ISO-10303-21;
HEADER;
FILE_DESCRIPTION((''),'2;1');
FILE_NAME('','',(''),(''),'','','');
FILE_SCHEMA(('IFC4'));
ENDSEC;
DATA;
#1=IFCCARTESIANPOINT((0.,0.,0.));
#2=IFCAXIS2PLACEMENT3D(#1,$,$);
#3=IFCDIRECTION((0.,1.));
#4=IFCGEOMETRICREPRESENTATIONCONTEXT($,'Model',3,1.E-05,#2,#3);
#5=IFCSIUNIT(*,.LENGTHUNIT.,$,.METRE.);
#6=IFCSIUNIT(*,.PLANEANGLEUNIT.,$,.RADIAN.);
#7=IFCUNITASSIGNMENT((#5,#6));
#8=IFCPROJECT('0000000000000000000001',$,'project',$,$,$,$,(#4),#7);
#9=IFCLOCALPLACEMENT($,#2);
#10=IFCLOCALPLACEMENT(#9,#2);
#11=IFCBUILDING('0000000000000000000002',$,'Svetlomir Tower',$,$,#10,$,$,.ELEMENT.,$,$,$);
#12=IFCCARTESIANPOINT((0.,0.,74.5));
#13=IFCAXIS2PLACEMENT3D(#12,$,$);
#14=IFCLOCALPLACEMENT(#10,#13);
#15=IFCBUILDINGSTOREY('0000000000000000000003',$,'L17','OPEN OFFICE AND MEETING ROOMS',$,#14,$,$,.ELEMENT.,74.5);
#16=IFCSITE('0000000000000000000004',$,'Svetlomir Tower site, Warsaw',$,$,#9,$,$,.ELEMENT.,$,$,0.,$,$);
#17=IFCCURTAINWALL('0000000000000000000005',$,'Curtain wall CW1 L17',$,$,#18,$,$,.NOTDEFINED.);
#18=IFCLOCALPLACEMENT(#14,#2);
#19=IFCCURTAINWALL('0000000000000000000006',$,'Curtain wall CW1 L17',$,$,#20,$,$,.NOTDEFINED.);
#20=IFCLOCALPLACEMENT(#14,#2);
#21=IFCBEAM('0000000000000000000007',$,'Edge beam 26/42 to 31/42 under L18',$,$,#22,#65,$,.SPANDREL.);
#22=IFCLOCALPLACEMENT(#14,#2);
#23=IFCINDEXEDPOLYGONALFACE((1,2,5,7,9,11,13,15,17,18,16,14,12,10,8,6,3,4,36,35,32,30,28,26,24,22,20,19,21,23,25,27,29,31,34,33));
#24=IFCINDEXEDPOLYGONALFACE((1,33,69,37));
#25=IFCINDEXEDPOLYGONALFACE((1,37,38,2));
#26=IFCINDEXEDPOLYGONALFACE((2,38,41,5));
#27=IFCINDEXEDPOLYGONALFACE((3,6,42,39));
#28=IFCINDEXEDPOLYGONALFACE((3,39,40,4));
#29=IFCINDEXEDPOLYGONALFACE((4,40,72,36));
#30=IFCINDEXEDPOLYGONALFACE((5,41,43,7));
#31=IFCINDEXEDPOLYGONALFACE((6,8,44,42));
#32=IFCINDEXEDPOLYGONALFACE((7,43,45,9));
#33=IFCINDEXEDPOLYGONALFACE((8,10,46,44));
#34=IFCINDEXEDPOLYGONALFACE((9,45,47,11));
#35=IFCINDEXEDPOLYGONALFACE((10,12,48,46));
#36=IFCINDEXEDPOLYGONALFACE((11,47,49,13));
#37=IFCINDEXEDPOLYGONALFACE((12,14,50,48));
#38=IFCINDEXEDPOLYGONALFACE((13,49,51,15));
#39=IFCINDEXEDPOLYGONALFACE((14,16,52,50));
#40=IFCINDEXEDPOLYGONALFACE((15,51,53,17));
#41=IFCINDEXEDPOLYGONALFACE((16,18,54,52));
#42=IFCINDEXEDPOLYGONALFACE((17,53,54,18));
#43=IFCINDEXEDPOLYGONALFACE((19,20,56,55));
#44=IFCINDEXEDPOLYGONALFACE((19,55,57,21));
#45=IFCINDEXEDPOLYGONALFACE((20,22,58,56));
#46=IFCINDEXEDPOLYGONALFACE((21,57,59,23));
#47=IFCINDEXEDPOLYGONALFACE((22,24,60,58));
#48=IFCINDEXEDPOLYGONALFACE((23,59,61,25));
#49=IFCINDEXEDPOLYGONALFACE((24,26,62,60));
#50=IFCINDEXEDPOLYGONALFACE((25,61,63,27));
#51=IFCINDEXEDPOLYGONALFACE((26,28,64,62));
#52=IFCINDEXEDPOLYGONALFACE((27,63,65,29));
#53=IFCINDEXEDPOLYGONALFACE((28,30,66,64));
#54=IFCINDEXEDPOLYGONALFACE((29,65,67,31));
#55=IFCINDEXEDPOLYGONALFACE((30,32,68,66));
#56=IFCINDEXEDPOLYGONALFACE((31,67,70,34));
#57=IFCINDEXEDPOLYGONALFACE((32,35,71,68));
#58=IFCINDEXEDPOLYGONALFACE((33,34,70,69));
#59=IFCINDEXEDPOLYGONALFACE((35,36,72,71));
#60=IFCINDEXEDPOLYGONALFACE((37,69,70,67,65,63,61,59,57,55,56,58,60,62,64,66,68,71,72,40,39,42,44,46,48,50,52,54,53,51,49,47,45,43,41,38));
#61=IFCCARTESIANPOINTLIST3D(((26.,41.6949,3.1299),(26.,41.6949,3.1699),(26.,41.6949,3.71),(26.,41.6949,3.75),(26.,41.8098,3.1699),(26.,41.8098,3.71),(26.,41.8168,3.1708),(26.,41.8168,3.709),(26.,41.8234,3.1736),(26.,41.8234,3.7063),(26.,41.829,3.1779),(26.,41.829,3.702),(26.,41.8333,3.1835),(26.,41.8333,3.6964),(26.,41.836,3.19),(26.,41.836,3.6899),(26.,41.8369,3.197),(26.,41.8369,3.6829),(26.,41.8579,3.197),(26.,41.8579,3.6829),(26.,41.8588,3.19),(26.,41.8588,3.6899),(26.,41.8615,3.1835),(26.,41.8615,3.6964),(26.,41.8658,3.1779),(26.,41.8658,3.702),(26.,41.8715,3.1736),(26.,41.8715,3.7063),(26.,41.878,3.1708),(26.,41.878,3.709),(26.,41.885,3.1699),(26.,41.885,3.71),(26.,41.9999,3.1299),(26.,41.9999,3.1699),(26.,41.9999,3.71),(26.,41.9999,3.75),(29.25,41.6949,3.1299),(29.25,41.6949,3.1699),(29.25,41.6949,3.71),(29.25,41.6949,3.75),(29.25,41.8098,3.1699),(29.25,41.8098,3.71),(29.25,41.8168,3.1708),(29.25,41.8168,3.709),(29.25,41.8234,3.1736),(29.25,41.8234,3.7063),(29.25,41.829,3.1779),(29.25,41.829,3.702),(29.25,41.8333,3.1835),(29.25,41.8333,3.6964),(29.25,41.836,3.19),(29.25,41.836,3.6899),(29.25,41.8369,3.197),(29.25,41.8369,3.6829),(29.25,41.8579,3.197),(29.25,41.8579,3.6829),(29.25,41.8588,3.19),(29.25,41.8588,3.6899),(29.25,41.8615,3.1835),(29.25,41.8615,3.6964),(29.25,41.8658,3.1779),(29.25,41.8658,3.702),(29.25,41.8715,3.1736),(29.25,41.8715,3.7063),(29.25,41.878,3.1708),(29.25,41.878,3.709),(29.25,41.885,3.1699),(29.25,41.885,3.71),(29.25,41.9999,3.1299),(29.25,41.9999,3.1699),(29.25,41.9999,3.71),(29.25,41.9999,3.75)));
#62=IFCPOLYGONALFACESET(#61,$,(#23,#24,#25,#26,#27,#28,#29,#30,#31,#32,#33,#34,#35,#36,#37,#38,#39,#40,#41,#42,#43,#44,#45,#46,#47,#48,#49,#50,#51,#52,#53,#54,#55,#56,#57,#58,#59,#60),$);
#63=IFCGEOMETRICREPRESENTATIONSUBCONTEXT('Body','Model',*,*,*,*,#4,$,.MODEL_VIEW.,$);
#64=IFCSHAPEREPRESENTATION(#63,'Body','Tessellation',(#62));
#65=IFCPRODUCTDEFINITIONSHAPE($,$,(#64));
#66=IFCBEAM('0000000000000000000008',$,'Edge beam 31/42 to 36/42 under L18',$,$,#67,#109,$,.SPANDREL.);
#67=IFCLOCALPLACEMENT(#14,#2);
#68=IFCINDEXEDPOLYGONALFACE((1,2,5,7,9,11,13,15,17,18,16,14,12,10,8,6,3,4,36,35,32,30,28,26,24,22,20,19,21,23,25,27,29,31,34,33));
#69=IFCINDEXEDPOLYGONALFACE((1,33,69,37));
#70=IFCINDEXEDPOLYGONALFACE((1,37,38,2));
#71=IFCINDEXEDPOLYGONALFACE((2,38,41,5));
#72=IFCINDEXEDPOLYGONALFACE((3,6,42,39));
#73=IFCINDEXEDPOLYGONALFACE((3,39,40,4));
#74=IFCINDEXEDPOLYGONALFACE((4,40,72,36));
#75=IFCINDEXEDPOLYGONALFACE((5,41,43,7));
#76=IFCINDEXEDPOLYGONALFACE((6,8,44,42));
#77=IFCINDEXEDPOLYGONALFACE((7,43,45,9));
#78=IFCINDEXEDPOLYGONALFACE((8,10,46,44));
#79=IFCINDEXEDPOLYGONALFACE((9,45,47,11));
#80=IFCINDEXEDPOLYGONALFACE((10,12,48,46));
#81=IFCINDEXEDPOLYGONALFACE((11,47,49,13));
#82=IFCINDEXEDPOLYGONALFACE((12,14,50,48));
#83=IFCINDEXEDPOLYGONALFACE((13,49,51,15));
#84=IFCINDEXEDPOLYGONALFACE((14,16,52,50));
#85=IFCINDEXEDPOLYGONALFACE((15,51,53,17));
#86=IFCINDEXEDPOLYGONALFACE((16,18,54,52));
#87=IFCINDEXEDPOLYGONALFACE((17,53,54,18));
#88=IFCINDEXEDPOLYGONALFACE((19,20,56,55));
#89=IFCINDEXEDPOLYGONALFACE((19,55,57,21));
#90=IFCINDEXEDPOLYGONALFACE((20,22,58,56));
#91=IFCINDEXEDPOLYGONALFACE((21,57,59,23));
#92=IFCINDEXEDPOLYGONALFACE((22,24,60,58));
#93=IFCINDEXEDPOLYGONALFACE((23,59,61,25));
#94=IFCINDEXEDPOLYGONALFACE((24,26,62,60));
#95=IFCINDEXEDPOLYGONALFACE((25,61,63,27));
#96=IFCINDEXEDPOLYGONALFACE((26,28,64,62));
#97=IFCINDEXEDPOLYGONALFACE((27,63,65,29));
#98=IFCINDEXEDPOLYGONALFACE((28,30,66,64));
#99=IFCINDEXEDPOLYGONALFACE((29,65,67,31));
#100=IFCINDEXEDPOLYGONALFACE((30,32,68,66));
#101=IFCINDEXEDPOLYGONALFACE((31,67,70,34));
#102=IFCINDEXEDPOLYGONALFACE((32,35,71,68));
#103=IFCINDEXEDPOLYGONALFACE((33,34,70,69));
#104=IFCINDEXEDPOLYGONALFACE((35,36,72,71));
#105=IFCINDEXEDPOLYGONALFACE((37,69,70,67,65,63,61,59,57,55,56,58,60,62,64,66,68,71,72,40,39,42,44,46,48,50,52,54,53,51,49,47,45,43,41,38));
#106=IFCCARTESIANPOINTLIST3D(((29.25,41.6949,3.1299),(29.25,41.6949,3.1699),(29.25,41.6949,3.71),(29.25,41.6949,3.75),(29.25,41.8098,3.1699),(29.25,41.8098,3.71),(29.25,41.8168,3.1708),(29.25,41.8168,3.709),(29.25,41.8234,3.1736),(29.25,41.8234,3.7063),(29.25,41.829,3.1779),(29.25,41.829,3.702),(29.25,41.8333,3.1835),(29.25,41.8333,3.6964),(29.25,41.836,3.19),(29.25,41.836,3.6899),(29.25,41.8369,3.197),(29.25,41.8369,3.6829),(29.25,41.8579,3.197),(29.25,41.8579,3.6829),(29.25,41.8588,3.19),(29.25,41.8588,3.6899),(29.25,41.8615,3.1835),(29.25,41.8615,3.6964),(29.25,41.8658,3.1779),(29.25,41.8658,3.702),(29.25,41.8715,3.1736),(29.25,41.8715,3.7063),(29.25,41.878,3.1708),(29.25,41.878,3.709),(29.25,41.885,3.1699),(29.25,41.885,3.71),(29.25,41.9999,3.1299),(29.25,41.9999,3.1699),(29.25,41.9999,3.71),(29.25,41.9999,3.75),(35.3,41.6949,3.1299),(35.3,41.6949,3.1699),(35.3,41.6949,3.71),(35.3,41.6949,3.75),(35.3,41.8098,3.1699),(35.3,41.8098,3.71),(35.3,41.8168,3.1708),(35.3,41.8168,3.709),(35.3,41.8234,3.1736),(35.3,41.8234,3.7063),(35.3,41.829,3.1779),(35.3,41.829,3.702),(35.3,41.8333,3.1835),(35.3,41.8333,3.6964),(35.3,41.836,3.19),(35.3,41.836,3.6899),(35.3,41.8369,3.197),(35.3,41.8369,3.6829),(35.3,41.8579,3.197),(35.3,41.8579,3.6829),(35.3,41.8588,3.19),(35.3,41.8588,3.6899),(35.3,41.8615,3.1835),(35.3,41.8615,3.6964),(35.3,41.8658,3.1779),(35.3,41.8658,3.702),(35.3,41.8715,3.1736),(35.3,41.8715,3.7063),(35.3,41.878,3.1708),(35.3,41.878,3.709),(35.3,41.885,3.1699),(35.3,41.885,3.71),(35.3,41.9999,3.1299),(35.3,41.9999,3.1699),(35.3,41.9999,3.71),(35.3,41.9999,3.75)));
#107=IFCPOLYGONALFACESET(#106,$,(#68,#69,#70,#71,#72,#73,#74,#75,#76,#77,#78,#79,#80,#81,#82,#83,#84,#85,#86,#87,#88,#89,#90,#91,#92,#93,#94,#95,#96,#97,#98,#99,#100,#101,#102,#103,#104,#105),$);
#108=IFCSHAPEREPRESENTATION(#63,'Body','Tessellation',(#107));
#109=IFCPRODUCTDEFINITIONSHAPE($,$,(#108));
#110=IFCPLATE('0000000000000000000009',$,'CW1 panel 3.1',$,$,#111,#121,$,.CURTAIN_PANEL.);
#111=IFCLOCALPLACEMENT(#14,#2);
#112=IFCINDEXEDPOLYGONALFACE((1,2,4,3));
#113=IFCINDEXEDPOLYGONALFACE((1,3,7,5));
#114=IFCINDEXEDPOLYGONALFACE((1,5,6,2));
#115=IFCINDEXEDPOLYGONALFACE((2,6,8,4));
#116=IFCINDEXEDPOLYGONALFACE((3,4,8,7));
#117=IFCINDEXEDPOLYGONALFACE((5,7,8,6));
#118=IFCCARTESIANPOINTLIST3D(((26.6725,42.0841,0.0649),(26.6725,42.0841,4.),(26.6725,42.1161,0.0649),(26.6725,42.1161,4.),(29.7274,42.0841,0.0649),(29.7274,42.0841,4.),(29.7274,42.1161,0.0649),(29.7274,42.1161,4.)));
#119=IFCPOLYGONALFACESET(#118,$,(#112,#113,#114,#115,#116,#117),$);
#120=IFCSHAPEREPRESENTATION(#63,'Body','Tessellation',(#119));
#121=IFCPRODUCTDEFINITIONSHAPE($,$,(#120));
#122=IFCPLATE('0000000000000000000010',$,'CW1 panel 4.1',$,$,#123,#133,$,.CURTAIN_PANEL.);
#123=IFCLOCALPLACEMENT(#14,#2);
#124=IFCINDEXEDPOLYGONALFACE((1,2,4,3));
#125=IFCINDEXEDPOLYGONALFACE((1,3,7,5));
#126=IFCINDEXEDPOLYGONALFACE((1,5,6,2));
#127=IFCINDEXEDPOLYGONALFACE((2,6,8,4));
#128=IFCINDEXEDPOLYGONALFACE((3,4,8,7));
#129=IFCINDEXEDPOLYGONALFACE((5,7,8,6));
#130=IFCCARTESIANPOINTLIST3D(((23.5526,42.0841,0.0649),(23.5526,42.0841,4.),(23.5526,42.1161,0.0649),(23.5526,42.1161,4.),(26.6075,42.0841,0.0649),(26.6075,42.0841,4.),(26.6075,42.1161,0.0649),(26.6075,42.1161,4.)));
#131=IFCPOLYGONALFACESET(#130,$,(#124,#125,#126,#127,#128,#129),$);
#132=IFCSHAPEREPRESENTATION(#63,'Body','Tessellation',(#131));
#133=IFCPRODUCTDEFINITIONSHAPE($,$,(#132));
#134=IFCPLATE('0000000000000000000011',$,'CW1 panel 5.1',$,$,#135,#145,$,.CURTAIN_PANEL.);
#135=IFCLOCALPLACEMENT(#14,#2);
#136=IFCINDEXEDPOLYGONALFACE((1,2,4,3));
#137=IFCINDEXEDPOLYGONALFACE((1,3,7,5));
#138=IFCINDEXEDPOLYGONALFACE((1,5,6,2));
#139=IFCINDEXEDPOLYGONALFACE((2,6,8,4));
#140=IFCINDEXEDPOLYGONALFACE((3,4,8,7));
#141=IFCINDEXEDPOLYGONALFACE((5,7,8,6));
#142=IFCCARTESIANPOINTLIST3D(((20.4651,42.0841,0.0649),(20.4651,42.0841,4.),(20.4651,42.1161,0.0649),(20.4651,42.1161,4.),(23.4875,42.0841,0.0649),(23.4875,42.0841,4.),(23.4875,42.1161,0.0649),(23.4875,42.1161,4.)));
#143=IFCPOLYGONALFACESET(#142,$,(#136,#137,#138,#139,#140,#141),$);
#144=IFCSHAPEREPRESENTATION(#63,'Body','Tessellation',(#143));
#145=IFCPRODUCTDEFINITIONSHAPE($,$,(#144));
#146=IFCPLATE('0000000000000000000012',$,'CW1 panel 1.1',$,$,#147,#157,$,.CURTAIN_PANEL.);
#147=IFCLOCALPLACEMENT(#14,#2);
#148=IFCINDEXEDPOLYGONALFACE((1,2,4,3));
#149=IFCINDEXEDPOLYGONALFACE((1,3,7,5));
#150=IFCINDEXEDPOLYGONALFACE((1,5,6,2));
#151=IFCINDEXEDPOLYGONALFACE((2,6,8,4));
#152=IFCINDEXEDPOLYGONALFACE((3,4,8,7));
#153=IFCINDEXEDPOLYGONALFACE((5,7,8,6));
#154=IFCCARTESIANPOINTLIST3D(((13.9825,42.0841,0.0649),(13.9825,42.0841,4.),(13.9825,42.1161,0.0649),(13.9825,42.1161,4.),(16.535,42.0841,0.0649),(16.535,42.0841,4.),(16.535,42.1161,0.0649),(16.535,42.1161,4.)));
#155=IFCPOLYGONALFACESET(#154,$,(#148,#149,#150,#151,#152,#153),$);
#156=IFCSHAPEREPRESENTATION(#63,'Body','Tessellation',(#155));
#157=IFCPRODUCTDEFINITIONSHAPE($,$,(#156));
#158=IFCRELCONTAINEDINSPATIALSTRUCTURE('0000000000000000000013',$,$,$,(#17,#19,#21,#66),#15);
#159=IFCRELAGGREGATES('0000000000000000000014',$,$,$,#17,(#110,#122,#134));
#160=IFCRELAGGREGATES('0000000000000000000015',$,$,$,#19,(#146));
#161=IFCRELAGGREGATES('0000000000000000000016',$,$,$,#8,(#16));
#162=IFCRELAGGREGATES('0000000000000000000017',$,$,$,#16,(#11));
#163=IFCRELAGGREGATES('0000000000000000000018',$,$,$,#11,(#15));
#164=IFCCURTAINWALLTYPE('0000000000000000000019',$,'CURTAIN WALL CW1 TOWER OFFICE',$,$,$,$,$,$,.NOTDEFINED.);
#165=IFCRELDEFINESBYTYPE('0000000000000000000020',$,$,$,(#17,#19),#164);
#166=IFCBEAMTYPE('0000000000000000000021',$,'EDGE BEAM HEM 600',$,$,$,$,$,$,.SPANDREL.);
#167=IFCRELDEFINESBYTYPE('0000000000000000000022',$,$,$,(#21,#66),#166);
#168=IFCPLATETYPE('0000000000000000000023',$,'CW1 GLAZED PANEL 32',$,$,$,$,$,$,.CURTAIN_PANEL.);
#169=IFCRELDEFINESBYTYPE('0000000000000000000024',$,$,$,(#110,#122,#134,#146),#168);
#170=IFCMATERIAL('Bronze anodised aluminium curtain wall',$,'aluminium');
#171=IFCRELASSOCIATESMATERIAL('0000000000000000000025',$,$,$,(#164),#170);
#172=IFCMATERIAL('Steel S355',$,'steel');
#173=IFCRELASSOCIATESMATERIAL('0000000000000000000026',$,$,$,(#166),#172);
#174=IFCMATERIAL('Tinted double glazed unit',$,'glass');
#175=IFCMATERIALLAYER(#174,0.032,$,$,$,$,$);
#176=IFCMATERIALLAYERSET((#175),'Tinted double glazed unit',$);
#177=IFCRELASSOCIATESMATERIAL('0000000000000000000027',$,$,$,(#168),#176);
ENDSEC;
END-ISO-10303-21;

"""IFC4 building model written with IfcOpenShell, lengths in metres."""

from ifc_helpers import new_model, si_unit, direction, frame, origin, origin_2d, place, context, subcontext, project, spatial, rectangle, i_section, extrude, material, layer, layer_set, material_profile, profile_set, type_object, element, aggregate, save


model = new_model("IFC4")

# Units and contexts
model_context = context("Model", 3, precision=1e-05, world=origin(), true_north=direction((0.0, 1.0)))
body_context = subcontext(model_context, "Body", "Model", "MODEL_VIEW")
ifc_project = project(units=[si_unit("LENGTHUNIT", "METRE"), si_unit("PLANEANGLEUNIT", "RADIAN")], contexts=[model_context])

# Site, building, storey
site_placement = place(None, origin())
site = spatial("IfcSite", under=ifc_project, at=site_placement, Name="Svetlomir Tower site, Warsaw", CompositionType="ELEMENT", RefElevation=0.0)
building_placement = place(site_placement, origin())
building = spatial("IfcBuilding", under=site, at=building_placement, Name="Svetlomir Tower", CompositionType="ELEMENT")
storey_placement = place(building_placement, frame((0.0, 0.0, 74.5)))
storey = spatial("IfcBuildingStorey", under=building, at=storey_placement, Name="L17", Description="OPEN OFFICE AND MEETING ROOMS", CompositionType="ELEMENT", Elevation=74.5)

# Curtain walls
ifc_material_1 = material(Name="Bronze anodised aluminium curtain wall", Category="aluminium")
curtain_wall_type = type_object("IfcCurtainWallType", Name="CURTAIN WALL CW1 TOWER OFFICE", PredefinedType="NOTDEFINED", material=ifc_material_1)
curtain_wall_1_placement = place(storey_placement, origin())
curtain_wall_1 = element("IfcCurtainWall", 1, at=curtain_wall_1_placement, inside=storey, type_object=curtain_wall_type, Name="Curtain wall CW1 L17", PredefinedType="NOTDEFINED")
curtain_wall_2_placement = place(storey_placement, origin())
curtain_wall_2 = element("IfcCurtainWall", 2, at=curtain_wall_2_placement, inside=storey, type_object=curtain_wall_type, Name="Curtain wall CW1 L17", PredefinedType="NOTDEFINED")

# Beams
ifc_material_2 = material(Name="Steel S355", Category="steel")
ifc_material_profile_1 = material_profile(ifc_material_2, i_section(OverallWidth=0.3049, OverallDepth=0.6201, WebThickness=0.021, FlangeThickness=0.04, FilletRadius=0.0271, at=origin_2d()), Name="HEM 600")
ifc_profile_set_1 = profile_set([ifc_material_profile_1], Name="Steel S355")
beam_type_1 = type_object("IfcBeamType", Name="EDGE BEAM HEM 600", PredefinedType="SPANDREL", material=ifc_profile_set_1)
beam_1_placement = place(storey_placement, frame((26.0, 41.8474, 3.4399), z_axis=(1.0, 0.0, 0.0), x_axis=(0.0, 1.0, 0.0)))
element("IfcBeam", 3, at=beam_1_placement, inside=storey, type_object=beam_type_1, Name="Edge beam 26/42 to 31/42 under L18", PredefinedType="SPANDREL", context=body_context, shape_type="SweptSolid", body=[
    extrude(i_section(OverallWidth=0.3049, OverallDepth=0.6201, WebThickness=0.021, FlangeThickness=0.04, FilletRadius=0.0271, at=origin_2d()), origin(), (0.0, 0.0, 1.0), 3.25),
])
beam_2_placement = place(storey_placement, frame((29.25, 41.8474, 3.4399), z_axis=(1.0, 0.0, 0.0), x_axis=(0.0, 1.0, 0.0)))
element("IfcBeam", 4, at=beam_2_placement, inside=storey, type_object=beam_type_1, Name="Edge beam 31/42 to 36/42 under L18", PredefinedType="SPANDREL", context=body_context, shape_type="SweptSolid", body=[
    extrude(i_section(OverallWidth=0.3049, OverallDepth=0.6201, WebThickness=0.021, FlangeThickness=0.04, FilletRadius=0.0271, at=origin_2d()), origin(), (0.0, 0.0, 1.0), 6.05),
])

# Plates
ifc_material_3 = material(Name="Tinted double glazed unit", Category="glass")
ifc_layer_1 = layer(ifc_material_3, 0.032)
ifc_layer_set_1 = layer_set([ifc_layer_1], Name="Tinted double glazed unit")
plate_type = type_object("IfcPlateType", Name="CW1 GLAZED PANEL 32", PredefinedType="CURTAIN_PANEL", material=ifc_layer_set_1)
plate_1_placement = place(storey_placement, frame((28.2, 42.1001, 0.0649), z_axis=(0.0, 0.0, 1.0), x_axis=(-1.0, 0.0, 0.0)))
plate_1 = element("IfcPlate", 5, at=plate_1_placement, type_object=plate_type, Name="CW1 panel 3.1", PredefinedType="CURTAIN_PANEL", context=body_context, shape_type="SweptSolid", body=[
    extrude(rectangle(XDim=3.0549, YDim=0.032, at=origin_2d()), origin(), (0.0, 0.0, 1.0), 3.9351),
])
plate_2_placement = place(storey_placement, frame((25.0801, 42.1001, 0.0649), z_axis=(0.0, 0.0, 1.0), x_axis=(-1.0, 0.0, 0.0)))
plate_2 = element("IfcPlate", 6, at=plate_2_placement, type_object=plate_type, Name="CW1 panel 4.1", PredefinedType="CURTAIN_PANEL", context=body_context, shape_type="SweptSolid", body=[
    extrude(rectangle(XDim=3.0549, YDim=0.032, at=origin_2d()), origin(), (0.0, 0.0, 1.0), 3.9351),
])
plate_3_placement = place(storey_placement, frame((21.9763, 42.1001, 0.0649), z_axis=(0.0, 0.0, 1.0), x_axis=(-1.0, 0.0, 0.0)))
plate_3 = element("IfcPlate", 7, at=plate_3_placement, type_object=plate_type, Name="CW1 panel 5.1", PredefinedType="CURTAIN_PANEL", context=body_context, shape_type="SweptSolid", body=[
    extrude(rectangle(XDim=3.0225, YDim=0.032, at=origin_2d()), origin(), (0.0, 0.0, 1.0), 3.9351),
])
aggregate(curtain_wall_1, [plate_1, plate_2, plate_3])
plate_4_placement = place(storey_placement, frame((15.2588, 42.1001, 0.0649), z_axis=(0.0, 0.0, 1.0), x_axis=(-1.0, 0.0, 0.0)))
plate_4 = element("IfcPlate", 8, at=plate_4_placement, type_object=plate_type, Name="CW1 panel 1.1", PredefinedType="CURTAIN_PANEL", context=body_context, shape_type="SweptSolid", body=[
    extrude(rectangle(XDim=2.5525, YDim=0.032, at=origin_2d()), origin(), (0.0, 0.0, 1.0), 3.9351),
])
aggregate(curtain_wall_2, [plate_4])

save(model, "model.ifc")
